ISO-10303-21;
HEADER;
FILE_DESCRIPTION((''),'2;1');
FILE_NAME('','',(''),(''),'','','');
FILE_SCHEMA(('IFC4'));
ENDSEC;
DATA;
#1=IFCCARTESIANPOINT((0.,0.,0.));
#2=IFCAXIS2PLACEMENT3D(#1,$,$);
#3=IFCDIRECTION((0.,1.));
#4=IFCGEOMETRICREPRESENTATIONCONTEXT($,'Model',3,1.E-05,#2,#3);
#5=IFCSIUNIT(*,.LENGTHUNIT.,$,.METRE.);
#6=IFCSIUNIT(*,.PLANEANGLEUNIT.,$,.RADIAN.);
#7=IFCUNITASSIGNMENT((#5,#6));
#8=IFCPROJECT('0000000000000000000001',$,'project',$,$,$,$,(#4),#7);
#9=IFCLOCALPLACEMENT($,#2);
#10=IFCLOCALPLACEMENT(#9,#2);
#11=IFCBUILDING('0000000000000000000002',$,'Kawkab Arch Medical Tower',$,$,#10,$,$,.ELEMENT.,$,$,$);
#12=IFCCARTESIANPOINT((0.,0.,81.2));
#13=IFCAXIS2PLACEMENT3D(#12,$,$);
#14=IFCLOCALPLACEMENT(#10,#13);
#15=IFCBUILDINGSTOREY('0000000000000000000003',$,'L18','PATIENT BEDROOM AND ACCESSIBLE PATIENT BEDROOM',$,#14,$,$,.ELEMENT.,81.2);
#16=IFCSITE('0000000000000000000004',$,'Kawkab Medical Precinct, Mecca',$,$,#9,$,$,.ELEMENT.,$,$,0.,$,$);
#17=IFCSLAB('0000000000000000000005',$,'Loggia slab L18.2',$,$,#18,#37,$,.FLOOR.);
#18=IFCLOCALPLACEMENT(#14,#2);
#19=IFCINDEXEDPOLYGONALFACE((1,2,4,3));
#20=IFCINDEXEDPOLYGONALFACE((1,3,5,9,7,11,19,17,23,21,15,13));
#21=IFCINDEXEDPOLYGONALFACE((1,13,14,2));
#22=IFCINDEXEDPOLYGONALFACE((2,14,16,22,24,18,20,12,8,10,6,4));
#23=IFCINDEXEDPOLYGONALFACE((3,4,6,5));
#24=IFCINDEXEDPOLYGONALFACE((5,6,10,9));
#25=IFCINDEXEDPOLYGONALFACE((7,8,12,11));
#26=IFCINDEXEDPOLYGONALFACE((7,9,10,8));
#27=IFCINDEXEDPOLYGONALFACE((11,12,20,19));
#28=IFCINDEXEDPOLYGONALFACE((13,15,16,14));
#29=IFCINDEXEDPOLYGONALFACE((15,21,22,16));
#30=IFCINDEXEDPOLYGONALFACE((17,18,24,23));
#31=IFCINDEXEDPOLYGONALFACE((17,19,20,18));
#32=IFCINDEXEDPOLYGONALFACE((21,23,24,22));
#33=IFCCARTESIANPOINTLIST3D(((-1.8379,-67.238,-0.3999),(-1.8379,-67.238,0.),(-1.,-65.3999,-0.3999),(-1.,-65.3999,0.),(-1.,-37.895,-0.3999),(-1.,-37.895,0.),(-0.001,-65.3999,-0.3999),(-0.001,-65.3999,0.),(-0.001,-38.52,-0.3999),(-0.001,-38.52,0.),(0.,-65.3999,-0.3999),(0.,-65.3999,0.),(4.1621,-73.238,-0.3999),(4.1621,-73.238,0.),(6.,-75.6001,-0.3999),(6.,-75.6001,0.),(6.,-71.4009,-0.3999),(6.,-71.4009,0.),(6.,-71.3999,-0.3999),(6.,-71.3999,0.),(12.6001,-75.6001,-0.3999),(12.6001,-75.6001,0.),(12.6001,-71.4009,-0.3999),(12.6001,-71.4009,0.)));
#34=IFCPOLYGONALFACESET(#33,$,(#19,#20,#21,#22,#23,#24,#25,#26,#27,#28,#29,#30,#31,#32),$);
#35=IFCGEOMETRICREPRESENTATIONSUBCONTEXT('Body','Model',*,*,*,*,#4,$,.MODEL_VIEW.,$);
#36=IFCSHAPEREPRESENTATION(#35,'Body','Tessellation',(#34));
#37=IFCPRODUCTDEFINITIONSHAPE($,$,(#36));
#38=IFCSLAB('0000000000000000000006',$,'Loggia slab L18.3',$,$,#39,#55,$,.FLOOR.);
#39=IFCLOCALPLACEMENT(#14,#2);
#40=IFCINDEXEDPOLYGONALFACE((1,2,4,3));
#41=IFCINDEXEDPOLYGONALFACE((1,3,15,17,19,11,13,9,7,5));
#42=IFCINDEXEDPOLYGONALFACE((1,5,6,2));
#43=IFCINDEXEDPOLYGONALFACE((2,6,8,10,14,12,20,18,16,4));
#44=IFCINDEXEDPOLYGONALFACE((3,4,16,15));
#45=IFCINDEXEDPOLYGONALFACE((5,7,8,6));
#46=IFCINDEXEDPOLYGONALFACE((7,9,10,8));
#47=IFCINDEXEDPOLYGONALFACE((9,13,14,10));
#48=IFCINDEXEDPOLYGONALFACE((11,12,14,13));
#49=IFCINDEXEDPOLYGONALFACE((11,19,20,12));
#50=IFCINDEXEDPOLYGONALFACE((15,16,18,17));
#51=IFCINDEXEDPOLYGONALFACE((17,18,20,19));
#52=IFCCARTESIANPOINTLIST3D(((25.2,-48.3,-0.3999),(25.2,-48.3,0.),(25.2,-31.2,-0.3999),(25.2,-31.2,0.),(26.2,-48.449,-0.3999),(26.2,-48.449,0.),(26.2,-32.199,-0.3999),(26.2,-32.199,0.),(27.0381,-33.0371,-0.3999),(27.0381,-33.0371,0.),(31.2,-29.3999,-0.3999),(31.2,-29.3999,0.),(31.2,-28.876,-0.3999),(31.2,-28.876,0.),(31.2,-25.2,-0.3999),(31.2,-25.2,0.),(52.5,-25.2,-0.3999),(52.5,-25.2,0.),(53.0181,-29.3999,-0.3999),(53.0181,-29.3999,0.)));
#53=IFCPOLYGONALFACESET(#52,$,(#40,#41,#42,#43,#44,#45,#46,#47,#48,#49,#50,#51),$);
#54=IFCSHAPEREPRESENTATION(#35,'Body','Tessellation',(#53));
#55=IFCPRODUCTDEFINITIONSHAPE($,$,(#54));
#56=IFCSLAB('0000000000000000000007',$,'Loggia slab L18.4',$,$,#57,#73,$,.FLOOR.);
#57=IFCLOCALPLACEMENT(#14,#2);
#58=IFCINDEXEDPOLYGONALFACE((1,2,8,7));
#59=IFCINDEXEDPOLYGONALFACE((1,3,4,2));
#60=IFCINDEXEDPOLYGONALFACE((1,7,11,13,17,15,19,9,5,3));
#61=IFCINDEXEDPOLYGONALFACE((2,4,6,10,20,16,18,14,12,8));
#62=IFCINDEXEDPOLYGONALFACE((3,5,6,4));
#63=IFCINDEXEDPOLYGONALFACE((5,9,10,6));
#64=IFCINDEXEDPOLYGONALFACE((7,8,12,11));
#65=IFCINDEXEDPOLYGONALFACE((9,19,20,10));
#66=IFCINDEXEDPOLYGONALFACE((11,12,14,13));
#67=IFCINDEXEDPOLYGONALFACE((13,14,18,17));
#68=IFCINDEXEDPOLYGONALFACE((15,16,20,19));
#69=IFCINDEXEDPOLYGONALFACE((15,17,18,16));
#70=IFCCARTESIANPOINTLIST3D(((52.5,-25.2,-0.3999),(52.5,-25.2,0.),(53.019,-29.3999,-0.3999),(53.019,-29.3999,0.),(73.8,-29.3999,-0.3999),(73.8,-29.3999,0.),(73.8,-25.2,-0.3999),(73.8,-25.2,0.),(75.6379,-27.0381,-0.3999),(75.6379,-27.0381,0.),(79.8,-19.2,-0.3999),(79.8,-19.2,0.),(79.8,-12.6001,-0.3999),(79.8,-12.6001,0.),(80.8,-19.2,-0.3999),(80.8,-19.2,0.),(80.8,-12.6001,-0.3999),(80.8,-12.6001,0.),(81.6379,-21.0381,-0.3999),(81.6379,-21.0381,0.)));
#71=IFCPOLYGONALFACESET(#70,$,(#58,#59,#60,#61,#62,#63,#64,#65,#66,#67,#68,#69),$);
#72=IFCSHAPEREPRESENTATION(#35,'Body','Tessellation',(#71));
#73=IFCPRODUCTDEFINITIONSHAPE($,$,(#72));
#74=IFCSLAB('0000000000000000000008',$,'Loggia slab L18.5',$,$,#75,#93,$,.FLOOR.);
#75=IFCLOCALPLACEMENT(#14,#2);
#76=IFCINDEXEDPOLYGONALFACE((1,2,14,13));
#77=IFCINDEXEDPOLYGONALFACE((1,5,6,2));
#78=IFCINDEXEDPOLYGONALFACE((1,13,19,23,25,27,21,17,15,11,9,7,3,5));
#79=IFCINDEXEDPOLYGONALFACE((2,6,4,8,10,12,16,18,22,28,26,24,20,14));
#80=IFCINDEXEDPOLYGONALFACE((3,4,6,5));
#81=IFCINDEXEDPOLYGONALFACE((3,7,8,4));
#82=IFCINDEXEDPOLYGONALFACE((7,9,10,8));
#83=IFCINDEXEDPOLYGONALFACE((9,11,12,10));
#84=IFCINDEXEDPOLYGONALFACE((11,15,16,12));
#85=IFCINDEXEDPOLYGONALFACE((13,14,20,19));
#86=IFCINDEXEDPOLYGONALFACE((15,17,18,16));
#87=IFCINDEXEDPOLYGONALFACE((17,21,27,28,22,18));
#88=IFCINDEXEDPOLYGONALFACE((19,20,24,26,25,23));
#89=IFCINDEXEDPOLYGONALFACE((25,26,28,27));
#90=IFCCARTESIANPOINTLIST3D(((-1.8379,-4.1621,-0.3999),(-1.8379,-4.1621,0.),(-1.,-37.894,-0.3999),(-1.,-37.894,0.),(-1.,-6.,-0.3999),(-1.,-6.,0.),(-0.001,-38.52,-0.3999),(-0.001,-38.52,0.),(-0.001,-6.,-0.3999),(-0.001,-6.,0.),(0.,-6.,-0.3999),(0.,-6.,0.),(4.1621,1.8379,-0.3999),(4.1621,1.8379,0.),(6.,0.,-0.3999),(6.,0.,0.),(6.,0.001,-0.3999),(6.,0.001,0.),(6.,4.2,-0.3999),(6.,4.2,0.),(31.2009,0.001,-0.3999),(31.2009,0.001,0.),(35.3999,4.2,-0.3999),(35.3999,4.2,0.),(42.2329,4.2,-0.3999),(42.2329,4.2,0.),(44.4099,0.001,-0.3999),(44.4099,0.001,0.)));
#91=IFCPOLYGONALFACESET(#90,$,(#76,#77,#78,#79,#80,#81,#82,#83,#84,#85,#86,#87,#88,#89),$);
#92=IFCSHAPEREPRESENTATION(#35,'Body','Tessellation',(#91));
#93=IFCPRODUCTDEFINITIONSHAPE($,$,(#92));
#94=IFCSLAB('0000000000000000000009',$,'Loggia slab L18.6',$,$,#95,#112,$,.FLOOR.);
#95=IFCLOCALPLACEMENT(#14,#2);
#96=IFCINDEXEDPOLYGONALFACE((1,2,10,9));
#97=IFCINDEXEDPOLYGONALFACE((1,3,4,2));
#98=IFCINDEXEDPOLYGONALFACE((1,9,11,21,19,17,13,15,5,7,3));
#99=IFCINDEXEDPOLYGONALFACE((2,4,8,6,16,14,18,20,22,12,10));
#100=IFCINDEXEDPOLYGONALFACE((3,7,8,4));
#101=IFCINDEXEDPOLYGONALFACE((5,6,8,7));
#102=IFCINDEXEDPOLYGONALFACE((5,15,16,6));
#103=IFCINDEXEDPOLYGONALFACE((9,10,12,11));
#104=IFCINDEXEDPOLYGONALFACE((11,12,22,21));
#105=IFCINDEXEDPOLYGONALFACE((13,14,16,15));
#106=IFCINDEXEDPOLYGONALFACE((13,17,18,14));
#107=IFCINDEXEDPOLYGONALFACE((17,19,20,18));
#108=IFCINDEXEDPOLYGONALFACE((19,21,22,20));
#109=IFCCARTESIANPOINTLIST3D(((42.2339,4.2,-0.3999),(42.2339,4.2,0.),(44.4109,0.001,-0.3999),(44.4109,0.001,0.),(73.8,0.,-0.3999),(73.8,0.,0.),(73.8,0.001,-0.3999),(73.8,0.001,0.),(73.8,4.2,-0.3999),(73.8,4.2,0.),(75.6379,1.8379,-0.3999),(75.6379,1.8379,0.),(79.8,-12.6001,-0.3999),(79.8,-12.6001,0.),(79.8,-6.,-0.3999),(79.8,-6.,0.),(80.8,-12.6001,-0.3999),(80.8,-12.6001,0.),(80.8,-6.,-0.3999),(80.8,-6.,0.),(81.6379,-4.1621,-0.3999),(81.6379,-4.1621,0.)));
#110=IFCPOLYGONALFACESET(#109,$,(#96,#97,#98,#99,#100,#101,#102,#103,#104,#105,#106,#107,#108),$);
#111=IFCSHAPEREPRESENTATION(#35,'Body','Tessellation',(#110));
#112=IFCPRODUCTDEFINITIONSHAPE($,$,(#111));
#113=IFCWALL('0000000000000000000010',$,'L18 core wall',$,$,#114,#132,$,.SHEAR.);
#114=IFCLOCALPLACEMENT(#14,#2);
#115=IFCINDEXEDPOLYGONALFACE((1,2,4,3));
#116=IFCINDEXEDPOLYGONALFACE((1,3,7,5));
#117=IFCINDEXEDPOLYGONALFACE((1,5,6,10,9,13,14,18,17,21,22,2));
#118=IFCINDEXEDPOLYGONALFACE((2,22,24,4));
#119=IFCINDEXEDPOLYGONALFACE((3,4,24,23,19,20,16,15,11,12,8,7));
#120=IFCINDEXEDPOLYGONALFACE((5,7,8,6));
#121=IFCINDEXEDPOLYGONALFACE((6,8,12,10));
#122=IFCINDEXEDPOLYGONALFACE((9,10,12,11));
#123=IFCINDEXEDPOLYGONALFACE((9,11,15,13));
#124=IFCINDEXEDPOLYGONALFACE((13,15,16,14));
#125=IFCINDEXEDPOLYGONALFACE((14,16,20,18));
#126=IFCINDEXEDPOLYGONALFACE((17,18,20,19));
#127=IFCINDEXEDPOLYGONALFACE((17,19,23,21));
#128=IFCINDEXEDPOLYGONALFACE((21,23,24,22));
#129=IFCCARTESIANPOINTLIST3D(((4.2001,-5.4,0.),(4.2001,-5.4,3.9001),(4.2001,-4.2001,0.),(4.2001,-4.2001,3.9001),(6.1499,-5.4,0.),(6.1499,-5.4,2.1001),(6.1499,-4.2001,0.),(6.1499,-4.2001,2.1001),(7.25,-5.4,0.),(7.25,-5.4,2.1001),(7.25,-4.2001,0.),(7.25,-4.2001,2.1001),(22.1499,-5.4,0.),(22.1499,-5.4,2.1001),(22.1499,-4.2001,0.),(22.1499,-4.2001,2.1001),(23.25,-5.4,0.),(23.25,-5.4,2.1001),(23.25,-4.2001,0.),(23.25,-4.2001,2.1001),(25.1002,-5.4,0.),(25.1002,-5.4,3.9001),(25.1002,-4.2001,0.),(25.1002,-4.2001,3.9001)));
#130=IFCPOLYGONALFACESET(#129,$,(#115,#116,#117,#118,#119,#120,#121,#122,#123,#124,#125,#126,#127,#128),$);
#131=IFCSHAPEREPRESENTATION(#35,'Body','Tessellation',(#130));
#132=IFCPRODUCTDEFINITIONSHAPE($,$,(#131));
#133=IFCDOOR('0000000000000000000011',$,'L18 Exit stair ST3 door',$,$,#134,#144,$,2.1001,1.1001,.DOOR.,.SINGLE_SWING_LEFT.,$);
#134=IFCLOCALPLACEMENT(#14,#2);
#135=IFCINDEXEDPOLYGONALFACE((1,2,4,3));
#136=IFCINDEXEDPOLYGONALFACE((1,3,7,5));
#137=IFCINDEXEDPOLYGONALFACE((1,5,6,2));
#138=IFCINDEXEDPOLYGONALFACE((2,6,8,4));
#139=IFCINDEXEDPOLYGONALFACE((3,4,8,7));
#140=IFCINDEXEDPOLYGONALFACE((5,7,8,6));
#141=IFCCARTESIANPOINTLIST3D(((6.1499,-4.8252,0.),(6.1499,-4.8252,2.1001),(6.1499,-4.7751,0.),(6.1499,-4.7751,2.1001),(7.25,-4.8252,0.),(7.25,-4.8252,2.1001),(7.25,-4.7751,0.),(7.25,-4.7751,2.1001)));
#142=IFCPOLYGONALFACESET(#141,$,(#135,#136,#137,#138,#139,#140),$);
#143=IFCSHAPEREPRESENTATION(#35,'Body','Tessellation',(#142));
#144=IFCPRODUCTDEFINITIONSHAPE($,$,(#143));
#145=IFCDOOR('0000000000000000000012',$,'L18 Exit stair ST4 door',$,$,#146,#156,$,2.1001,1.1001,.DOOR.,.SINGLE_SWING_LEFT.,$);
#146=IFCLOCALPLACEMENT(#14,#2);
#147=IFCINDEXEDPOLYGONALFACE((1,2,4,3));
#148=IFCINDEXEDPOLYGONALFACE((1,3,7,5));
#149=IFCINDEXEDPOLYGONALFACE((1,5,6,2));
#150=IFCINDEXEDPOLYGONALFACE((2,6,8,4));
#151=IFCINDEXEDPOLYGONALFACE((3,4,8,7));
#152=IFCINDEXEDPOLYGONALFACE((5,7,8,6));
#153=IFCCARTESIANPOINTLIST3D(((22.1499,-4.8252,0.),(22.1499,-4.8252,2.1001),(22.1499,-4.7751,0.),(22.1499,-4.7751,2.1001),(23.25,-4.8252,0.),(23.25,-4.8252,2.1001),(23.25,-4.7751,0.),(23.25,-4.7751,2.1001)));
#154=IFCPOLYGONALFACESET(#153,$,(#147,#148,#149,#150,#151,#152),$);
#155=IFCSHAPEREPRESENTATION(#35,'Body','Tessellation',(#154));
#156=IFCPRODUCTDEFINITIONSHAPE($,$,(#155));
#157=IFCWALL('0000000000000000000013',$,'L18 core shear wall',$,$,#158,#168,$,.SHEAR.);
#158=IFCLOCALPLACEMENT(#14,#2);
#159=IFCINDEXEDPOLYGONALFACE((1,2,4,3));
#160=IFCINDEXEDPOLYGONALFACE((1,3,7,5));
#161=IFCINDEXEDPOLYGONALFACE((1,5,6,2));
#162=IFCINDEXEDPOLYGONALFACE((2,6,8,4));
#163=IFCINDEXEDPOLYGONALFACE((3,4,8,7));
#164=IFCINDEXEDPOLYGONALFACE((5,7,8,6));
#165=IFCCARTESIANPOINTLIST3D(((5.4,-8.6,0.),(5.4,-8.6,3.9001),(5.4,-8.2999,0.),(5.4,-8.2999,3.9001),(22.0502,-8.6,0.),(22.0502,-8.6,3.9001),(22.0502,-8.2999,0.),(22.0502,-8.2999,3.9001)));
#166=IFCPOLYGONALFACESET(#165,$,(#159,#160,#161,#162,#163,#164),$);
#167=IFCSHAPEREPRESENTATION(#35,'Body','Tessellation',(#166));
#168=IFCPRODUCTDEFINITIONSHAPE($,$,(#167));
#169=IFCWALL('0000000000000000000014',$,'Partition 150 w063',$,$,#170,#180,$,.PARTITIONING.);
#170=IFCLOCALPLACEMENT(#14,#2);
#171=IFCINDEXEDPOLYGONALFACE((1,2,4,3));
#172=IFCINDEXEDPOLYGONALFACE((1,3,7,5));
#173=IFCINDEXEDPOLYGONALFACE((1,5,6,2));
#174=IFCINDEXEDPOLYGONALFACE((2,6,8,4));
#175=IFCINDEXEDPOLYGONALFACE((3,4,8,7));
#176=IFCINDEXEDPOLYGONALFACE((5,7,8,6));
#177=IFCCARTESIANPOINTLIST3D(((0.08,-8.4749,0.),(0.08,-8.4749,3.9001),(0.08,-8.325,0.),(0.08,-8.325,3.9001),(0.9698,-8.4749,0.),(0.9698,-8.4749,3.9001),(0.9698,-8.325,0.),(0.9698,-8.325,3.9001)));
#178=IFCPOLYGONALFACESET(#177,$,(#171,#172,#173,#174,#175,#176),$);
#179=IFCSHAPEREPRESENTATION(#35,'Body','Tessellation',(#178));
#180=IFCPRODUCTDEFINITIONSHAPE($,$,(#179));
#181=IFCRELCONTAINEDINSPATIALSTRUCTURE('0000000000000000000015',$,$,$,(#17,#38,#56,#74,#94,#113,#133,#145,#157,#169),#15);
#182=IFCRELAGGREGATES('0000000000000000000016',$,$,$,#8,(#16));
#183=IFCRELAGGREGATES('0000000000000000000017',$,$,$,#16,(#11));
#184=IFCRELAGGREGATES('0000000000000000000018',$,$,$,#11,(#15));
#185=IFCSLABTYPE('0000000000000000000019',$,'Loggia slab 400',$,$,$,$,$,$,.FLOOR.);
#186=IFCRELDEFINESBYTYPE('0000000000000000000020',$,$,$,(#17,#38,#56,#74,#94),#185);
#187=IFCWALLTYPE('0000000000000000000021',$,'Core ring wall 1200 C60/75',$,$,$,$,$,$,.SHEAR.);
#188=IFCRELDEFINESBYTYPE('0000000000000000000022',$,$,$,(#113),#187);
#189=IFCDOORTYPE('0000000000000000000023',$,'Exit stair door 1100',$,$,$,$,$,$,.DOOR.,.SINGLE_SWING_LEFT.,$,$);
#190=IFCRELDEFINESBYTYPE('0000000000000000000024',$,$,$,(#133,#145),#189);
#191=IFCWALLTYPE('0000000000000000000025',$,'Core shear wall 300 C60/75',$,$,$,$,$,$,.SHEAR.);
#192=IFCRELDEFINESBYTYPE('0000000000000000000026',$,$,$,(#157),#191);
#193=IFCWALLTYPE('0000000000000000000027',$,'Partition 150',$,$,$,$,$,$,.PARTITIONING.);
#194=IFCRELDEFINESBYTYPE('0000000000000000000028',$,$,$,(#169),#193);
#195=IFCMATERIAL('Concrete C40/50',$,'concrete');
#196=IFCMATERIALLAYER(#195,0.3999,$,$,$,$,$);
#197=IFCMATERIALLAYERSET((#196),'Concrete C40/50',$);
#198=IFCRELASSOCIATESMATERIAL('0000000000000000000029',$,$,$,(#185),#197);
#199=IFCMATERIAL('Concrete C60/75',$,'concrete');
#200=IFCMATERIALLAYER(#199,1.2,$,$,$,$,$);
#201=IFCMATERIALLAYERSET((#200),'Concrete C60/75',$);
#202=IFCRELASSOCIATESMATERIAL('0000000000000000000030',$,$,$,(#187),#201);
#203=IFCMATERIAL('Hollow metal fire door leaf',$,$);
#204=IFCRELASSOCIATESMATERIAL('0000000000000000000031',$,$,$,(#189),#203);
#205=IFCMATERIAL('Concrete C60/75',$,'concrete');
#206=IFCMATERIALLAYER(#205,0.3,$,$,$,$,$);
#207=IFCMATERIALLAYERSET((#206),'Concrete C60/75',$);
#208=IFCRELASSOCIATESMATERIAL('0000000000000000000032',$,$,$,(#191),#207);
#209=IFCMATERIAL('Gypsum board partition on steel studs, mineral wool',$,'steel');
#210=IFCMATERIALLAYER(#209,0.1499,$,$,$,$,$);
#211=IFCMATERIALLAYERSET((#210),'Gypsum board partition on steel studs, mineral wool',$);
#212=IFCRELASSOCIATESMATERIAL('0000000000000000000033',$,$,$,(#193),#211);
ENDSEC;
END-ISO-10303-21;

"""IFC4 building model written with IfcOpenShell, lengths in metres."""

from ifc_helpers import new_model, si_unit, direction, frame, frame_2d, origin, place, context, subcontext, project, spatial, polyline, rectangle, outline, extrude, material, layer, layer_set, type_object, element, fill, save


model = new_model("IFC4")

# Units and contexts
model_context = context("Model", 3, precision=1e-05, world=origin(), true_north=direction((0.0, 1.0)))
body_context = subcontext(model_context, "Body", "Model", "MODEL_VIEW")
ifc_project = project(units=[si_unit("LENGTHUNIT", "METRE"), si_unit("PLANEANGLEUNIT", "RADIAN")], contexts=[model_context])

# Site, building, storey
site_placement = place(None, origin())
site = spatial("IfcSite", under=ifc_project, at=site_placement, Name="Kawkab Medical Precinct, Mecca", CompositionType="ELEMENT", RefElevation=0.0)
building_placement = place(site_placement, origin())
building = spatial("IfcBuilding", under=site, at=building_placement, Name="Kawkab Arch Medical Tower", CompositionType="ELEMENT")
storey_placement = place(building_placement, frame((0.0, 0.0, 81.2)))
storey = spatial("IfcBuildingStorey", under=building, at=storey_placement, Name="L18", Description="PATIENT BEDROOM AND ACCESSIBLE PATIENT BEDROOM", CompositionType="ELEMENT", Elevation=81.2)

# Slabs
ifc_material_1 = material(Name="Concrete C40/50", Category="concrete")
ifc_layer_1 = layer(ifc_material_1, 0.3999)
ifc_layer_set_1 = layer_set([ifc_layer_1], Name="Concrete C40/50")
slab_type_1 = type_object("IfcSlabType", Name="Loggia slab 400", PredefinedType="FLOOR", material=ifc_layer_set_1)
placement_1 = place(storey_placement, frame((0.0, 0.0, -0.3999)))
element("IfcSlab", 1, at=placement_1, inside=storey, type_object=slab_type_1, Name="Loggia slab L18.2", PredefinedType="FLOOR", context=body_context, shape_type="SweptSolid", body=[
    extrude(outline(polyline([(4.1621, -73.238), (-1.8379, -67.238), (-1.0, -65.3999), (-1.0, -37.895), (-0.001, -38.52), (-0.001, -65.3999), (0.0, -65.3999), (6.0, -71.3999), (6.0, -71.4009), (12.6001, -71.4009), (12.6001, -75.6001), (6.0, -75.6001), (4.1621, -73.238)])), origin(), (0.0, 0.0, 1.0), 0.3999),
])
element("IfcSlab", 2, at=placement_1, inside=storey, type_object=slab_type_1, Name="Loggia slab L18.3", PredefinedType="FLOOR", context=body_context, shape_type="SweptSolid", body=[
    extrude(outline(polyline([(31.2, -28.876), (27.0381, -33.0371), (26.2, -32.199), (26.2, -48.449), (25.2, -48.3), (25.2, -31.2), (31.2, -25.2), (52.5, -25.2), (53.0181, -29.3999), (31.2, -29.3999), (31.2, -28.876)])), origin(), (0.0, 0.0, 1.0), 0.3999),
])
element("IfcSlab", 3, at=placement_1, inside=storey, type_object=slab_type_1, Name="Loggia slab L18.4", PredefinedType="FLOOR", context=body_context, shape_type="SweptSolid", body=[
    extrude(outline(polyline([(81.6379, -21.0381), (75.6379, -27.0381), (73.8, -29.3999), (53.019, -29.3999), (52.5, -25.2), (73.8, -25.2), (79.8, -19.2), (79.8, -12.6001), (80.8, -12.6001), (80.8, -19.2), (81.6379, -21.0381)])), origin(), (0.0, 0.0, 1.0), 0.3999),
])
element("IfcSlab", 4, at=placement_1, inside=storey, type_object=slab_type_1, Name="Loggia slab L18.5", PredefinedType="FLOOR", context=body_context, shape_type="SweptSolid", body=[
    extrude(outline(polyline([(4.1621, 1.8379), (6.0, 4.2), (35.3999, 4.2), (42.2329, 4.2), (44.4099, 0.001), (31.2009, 0.001), (6.0, 0.001), (6.0, 0.0), (0.0, -6.0), (-0.001, -6.0), (-0.001, -38.52), (-1.0, -37.894), (-1.0, -6.0), (-1.8379, -4.1621), (4.1621, 1.8379)])), origin(), (0.0, 0.0, 1.0), 0.3999),
])
element("IfcSlab", 5, at=placement_1, inside=storey, type_object=slab_type_1, Name="Loggia slab L18.6", PredefinedType="FLOOR", context=body_context, shape_type="SweptSolid", body=[
    extrude(outline(polyline([(75.6379, 1.8379), (81.6379, -4.1621), (80.8, -6.0), (80.8, -12.6001), (79.8, -12.6001), (79.8, -6.0), (73.8, 0.0), (73.8, 0.001), (44.4109, 0.001), (42.2339, 4.2), (73.8, 4.2), (75.6379, 1.8379)])), origin(), (0.0, 0.0, 1.0), 0.3999),
])

# Wall, openings, doors
ifc_material_2 = material(Name="Concrete C60/75", Category="concrete")
ifc_layer_2 = layer(ifc_material_2, 1.2)
ifc_layer_set_2 = layer_set([ifc_layer_2], Name="Concrete C60/75")
wall_type_1 = type_object("IfcWallType", Name="Core ring wall 1200 C60/75", PredefinedType="SHEAR", material=ifc_layer_set_2)
wall_1_placement = place(storey_placement, frame((4.2, -4.8, 0.0), z_axis=(0.0, 0.0, 1.0), x_axis=(1.0, 0.0, 0.0)))
wall_1 = element("IfcWall", 6, at=wall_1_placement, inside=storey, type_object=wall_type_1, Name="L18 core wall", PredefinedType="SHEAR", context=body_context, shape_type="SweptSolid", body=[
    extrude(rectangle(XDim=20.9001, YDim=1.2, at=frame_2d((10.4502, 0.0))), origin(), (0.0, 0.0, 1.0), 3.9001),
])
opening_1_placement = place(wall_1_placement, frame((1.95, 0.0, 0.0)))
opening_1 = element("IfcOpeningElement", 7, at=opening_1_placement, cuts=wall_1, PredefinedType="OPENING", context=body_context, shape_type="SweptSolid", body=[
    extrude(rectangle(XDim=1.1001, YDim=2.1001, at=frame_2d((0.55, 1.05))), frame((0.0, 0.6099, 0.0), z_axis=(0.0, -1.0, 0.0), x_axis=(1.0, 0.0, 0.0)), (0.0, 0.0, 1.0), 1.22),
])
opening_2_placement = place(wall_1_placement, frame((17.95, 0.0, 0.0)))
opening_2 = element("IfcOpeningElement", 8, at=opening_2_placement, cuts=wall_1, PredefinedType="OPENING", context=body_context, shape_type="SweptSolid", body=[
    extrude(rectangle(XDim=1.1001, YDim=2.1001, at=frame_2d((0.55, 1.05))), frame((0.0, 0.6099, 0.0), z_axis=(0.0, -1.0, 0.0), x_axis=(1.0, 0.0, 0.0)), (0.0, 0.0, 1.0), 1.22),
])
ifc_material_3 = material(Name="Hollow metal fire door leaf")
door_type = type_object("IfcDoorType", Name="Exit stair door 1100", OperationType="SINGLE_SWING_LEFT", PredefinedType="DOOR", material=ifc_material_3)
door_1_placement = place(opening_1_placement, origin())
door_1 = element("IfcDoor", 9, at=door_1_placement, inside=storey, type_object=door_type, Name="L18 Exit stair ST3 door", OperationType="SINGLE_SWING_LEFT", OverallHeight=2.1001, OverallWidth=1.1001, PredefinedType="DOOR", context=body_context, shape_type="SweptSolid", body=[
    extrude(rectangle(XDim=1.1001, YDim=2.1001, at=frame_2d((0.55, 1.05))), frame((0.0, 0.0249, 0.0), z_axis=(0.0, -1.0, 0.0), x_axis=(1.0, 0.0, 0.0)), (0.0, 0.0, 1.0), 0.05),
])
fill(opening_1, door_1)
door_2_placement = place(opening_2_placement, origin())
door_2 = element("IfcDoor", 10, at=door_2_placement, inside=storey, type_object=door_type, Name="L18 Exit stair ST4 door", OperationType="SINGLE_SWING_LEFT", OverallHeight=2.1001, OverallWidth=1.1001, PredefinedType="DOOR", context=body_context, shape_type="SweptSolid", body=[
    extrude(rectangle(XDim=1.1001, YDim=2.1001, at=frame_2d((0.55, 1.05))), frame((0.0, 0.0249, 0.0), z_axis=(0.0, -1.0, 0.0), x_axis=(1.0, 0.0, 0.0)), (0.0, 0.0, 1.0), 0.05),
])
fill(opening_2, door_2)

# Walls
ifc_material_4 = material(Name="Concrete C60/75", Category="concrete")
ifc_layer_3 = layer(ifc_material_4, 0.3)
ifc_layer_set_3 = layer_set([ifc_layer_3], Name="Concrete C60/75")
wall_type_2 = type_object("IfcWallType", Name="Core shear wall 300 C60/75", PredefinedType="SHEAR", material=ifc_layer_set_3)
wall_2_placement = place(storey_placement, frame((5.3999, -8.45, 0.0), z_axis=(0.0, 0.0, 1.0), x_axis=(1.0, 0.0, 0.0)))
element("IfcWall", 11, at=wall_2_placement, inside=storey, type_object=wall_type_2, Name="L18 core shear wall", PredefinedType="SHEAR", context=body_context, shape_type="SweptSolid", body=[
    extrude(rectangle(XDim=16.6501, YDim=0.3, at=frame_2d((8.3252, 0.0))), origin(), (0.0, 0.0, 1.0), 3.9001),
])
ifc_material_5 = material(Name="Gypsum board partition on steel studs, mineral wool", Category="steel")
ifc_layer_4 = layer(ifc_material_5, 0.1499)
ifc_layer_set_4 = layer_set([ifc_layer_4], Name="Gypsum board partition on steel studs, mineral wool")
wall_type_3 = type_object("IfcWallType", Name="Partition 150", PredefinedType="PARTITIONING", material=ifc_layer_set_4)
wall_3_placement = place(storey_placement, frame((0.0801, -8.3999, 0.0), z_axis=(0.0, 0.0, 1.0), x_axis=(1.0, 0.0, 0.0)))
element("IfcWall", 12, at=wall_3_placement, inside=storey, type_object=wall_type_3, Name="Partition 150 w063", PredefinedType="PARTITIONING", context=body_context, shape_type="SweptSolid", body=[
    extrude(rectangle(XDim=0.8899, YDim=0.1499, at=frame_2d((0.4448, 0.0))), origin(), (0.0, 0.0, 1.0), 3.9001),
])

save(model, "model.ifc")
